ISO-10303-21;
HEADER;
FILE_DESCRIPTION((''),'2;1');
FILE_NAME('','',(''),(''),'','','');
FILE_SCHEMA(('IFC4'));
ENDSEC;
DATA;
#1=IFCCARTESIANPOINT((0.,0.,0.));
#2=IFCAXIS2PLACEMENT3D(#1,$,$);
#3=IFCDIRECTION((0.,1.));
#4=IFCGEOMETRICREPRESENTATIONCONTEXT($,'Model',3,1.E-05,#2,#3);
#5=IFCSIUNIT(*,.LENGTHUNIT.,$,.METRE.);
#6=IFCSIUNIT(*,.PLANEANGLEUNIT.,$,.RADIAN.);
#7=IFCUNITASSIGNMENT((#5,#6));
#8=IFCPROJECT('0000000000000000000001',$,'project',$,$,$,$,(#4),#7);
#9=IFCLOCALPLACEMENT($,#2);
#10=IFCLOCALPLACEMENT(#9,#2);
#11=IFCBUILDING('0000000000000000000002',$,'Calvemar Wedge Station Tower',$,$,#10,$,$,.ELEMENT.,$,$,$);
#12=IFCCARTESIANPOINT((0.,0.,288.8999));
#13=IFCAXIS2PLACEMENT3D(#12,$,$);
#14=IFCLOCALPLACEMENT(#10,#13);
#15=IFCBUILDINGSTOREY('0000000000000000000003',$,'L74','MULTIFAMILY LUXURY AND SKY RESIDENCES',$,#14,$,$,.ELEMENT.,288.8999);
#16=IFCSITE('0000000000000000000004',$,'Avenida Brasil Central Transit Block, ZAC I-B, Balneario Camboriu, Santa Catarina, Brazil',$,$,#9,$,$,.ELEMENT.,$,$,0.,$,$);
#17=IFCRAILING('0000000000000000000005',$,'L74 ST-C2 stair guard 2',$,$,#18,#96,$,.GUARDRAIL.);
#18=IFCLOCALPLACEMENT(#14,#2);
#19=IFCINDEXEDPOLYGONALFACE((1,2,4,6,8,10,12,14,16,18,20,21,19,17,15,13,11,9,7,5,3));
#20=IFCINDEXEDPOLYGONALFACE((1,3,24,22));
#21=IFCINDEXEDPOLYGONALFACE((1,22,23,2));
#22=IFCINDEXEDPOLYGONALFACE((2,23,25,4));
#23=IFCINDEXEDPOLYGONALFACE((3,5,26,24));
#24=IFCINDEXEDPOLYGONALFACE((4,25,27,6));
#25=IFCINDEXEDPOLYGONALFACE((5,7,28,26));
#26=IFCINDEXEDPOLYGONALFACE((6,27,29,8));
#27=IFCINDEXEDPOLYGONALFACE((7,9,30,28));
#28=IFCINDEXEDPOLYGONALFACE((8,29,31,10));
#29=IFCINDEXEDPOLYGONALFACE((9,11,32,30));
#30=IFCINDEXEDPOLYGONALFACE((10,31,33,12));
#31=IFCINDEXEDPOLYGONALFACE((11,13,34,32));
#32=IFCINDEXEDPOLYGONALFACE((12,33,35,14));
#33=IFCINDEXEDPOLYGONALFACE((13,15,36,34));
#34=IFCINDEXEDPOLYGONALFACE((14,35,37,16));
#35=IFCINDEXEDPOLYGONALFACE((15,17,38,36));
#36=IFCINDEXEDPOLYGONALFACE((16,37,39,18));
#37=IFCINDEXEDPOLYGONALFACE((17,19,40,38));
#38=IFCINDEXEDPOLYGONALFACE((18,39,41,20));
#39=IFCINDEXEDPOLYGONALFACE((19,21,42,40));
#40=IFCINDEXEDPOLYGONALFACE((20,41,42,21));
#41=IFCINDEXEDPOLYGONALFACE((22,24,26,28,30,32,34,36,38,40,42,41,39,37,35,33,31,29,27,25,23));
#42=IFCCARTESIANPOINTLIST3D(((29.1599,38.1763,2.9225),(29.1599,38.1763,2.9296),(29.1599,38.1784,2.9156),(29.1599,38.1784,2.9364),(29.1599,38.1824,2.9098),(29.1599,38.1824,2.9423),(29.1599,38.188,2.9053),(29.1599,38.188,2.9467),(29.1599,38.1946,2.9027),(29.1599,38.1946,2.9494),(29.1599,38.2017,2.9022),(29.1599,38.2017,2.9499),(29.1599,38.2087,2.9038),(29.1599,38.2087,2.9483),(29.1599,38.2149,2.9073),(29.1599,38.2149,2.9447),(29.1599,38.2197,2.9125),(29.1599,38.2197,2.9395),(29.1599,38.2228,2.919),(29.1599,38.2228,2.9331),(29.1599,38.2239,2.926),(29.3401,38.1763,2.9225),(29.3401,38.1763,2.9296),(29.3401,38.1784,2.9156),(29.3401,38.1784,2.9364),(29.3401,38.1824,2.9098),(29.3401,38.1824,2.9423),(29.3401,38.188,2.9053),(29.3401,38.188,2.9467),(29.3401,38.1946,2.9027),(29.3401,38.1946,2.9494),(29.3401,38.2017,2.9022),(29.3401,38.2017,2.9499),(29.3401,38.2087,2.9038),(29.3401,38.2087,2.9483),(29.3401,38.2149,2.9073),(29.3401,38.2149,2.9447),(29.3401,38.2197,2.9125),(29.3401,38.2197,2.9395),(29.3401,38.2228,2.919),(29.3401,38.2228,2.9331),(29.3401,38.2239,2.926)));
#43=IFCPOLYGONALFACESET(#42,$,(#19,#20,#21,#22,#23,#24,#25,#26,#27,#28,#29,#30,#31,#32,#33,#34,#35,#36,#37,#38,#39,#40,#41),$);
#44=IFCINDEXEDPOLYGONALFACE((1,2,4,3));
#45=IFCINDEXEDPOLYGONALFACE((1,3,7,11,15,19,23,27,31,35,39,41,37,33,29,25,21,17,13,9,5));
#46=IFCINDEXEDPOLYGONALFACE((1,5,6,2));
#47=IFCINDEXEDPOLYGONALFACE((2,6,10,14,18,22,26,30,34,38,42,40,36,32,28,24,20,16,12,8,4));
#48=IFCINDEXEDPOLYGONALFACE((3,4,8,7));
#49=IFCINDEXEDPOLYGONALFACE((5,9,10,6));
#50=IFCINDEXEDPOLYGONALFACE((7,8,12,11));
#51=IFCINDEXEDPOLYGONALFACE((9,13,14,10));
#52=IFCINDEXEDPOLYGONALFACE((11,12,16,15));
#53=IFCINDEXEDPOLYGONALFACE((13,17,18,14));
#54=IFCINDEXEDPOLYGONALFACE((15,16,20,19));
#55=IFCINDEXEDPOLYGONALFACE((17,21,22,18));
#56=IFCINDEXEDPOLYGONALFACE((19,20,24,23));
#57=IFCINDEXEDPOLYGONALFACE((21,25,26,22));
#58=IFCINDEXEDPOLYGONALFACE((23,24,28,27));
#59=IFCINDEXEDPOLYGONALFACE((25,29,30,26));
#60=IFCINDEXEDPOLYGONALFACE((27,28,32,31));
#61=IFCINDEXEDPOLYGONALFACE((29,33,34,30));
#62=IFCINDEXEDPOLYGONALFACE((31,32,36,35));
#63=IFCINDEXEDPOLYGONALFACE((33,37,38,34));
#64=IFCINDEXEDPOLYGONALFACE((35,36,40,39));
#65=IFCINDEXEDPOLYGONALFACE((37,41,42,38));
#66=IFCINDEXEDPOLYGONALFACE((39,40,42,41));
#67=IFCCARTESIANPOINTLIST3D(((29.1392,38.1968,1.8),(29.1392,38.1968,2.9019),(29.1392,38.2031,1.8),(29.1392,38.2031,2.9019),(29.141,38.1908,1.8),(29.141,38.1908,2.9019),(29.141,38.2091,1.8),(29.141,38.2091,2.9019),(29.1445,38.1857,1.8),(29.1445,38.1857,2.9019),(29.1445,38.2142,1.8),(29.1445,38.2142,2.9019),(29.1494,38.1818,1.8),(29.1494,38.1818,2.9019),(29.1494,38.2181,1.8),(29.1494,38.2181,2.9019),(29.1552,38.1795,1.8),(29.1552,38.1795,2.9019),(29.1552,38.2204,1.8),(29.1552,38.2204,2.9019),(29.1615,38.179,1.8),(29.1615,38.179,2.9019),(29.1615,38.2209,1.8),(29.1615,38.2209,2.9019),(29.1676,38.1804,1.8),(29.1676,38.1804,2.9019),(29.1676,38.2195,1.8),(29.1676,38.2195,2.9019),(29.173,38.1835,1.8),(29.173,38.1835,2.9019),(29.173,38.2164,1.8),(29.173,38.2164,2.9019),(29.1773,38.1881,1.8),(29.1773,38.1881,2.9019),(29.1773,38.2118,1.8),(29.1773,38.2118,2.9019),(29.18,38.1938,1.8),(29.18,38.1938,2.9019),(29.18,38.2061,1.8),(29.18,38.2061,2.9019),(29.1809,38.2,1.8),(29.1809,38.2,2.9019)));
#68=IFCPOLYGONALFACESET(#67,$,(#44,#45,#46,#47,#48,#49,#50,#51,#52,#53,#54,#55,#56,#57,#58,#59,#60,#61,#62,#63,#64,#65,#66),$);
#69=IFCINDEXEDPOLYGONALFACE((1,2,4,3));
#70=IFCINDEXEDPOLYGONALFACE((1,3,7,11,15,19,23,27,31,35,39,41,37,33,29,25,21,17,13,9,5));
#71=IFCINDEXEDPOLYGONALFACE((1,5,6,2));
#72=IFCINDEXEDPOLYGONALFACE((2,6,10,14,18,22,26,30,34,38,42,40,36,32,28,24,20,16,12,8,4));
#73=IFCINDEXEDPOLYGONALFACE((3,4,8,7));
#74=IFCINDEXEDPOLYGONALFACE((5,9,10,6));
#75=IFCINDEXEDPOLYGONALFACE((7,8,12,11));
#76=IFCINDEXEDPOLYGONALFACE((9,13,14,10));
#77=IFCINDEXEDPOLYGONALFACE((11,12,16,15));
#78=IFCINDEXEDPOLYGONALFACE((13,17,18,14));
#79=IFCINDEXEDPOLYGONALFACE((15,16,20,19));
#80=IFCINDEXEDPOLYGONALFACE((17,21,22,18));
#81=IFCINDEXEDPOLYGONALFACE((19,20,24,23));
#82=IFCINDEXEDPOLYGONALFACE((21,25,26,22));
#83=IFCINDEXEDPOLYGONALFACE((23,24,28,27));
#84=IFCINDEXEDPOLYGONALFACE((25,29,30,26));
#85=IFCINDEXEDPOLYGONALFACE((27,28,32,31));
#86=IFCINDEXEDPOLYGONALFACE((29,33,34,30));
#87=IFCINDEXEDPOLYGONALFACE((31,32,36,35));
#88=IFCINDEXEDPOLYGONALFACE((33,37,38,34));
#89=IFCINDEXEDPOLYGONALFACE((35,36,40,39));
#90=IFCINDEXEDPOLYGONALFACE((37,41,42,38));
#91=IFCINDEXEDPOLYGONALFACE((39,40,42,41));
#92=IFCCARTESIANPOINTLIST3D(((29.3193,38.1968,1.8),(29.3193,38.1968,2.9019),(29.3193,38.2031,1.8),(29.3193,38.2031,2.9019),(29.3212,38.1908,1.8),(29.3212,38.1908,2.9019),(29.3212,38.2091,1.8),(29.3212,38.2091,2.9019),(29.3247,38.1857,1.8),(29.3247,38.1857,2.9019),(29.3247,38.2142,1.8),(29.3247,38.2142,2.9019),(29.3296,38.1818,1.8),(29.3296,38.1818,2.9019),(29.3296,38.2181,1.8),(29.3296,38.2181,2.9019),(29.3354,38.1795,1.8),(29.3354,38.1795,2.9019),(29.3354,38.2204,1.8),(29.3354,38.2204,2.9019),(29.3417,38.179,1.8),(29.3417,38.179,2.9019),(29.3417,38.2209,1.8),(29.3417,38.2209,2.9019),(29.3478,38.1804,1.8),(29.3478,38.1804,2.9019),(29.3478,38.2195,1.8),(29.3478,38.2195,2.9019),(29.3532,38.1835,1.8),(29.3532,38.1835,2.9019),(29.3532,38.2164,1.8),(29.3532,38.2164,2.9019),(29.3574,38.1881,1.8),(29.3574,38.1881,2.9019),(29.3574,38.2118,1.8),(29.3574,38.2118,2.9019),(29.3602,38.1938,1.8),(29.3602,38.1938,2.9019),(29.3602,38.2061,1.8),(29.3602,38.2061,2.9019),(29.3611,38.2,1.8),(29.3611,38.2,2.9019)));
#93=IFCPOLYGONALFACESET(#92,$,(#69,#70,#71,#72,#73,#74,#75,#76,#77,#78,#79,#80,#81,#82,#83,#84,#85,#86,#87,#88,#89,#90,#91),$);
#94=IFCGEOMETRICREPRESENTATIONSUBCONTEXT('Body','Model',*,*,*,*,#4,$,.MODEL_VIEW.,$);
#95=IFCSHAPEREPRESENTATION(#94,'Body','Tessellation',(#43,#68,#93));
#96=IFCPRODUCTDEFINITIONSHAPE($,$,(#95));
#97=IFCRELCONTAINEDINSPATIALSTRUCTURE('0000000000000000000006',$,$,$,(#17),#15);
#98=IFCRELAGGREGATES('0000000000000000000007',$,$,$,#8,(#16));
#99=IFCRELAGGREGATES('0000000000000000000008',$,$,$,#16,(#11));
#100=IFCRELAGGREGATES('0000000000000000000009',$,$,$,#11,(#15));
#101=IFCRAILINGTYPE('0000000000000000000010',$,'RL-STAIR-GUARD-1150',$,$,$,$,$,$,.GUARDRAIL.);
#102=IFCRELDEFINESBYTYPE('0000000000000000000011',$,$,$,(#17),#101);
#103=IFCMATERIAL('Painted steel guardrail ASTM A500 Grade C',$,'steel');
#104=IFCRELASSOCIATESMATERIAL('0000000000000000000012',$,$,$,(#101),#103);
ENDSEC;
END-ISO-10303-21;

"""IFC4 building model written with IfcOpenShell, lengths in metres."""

from ifc_helpers import new_model, si_unit, direction, frame, origin, origin_2d, place, context, subcontext, project, spatial, circle, extrude, material, type_object, element, save


model = new_model("IFC4")

# Units and contexts
model_context = context("Model", 3, precision=1e-05, world=origin(), true_north=direction((0.0, 1.0)))
body_context = subcontext(model_context, "Body", "Model", "MODEL_VIEW")
ifc_project = project(units=[si_unit("LENGTHUNIT", "METRE"), si_unit("PLANEANGLEUNIT", "RADIAN")], contexts=[model_context])

# Site, building, storey
site_placement = place(None, origin())
site = spatial("IfcSite", under=ifc_project, at=site_placement, Name="Avenida Brasil Central Transit Block, ZAC I-B, Balneario Camboriu, Santa Catarina, Brazil", CompositionType="ELEMENT", RefElevation=0.0)
building_placement = place(site_placement, origin())
building = spatial("IfcBuilding", under=site, at=building_placement, Name="Calvemar Wedge Station Tower", CompositionType="ELEMENT")
storey_placement = place(building_placement, frame((0.0, 0.0, 288.8999)))
storey = spatial("IfcBuildingStorey", under=building, at=storey_placement, Name="L74", Description="MULTIFAMILY LUXURY AND SKY RESIDENCES", CompositionType="ELEMENT", Elevation=288.8999)

# Railing
ifc_material_1 = material(Name="Painted steel guardrail ASTM A500 Grade C", Category="steel")
railing_type_1 = type_object("IfcRailingType", Name="RL-STAIR-GUARD-1150", PredefinedType="GUARDRAIL", material=ifc_material_1)
railing_1_placement = place(storey_placement, frame((29.1599, 38.2, 1.8)))
element("IfcRailing", 1, at=railing_1_placement, inside=storey, type_object=railing_type_1, Name="L74 ST-C2 stair guard 2", PredefinedType="GUARDRAIL", context=body_context, shape_type="SweptSolid", body=[
    extrude(circle(Radius=0.0239, at=origin_2d()), frame((0.0, 0.0, 1.126), z_axis=(1.0, 0.0, 0.0), x_axis=(0.0, 1.0, 0.0)), (0.0, 0.0, 1.0), 0.1802),
    extrude(circle(Radius=0.021, at=origin_2d()), origin(), (0.0, 0.0, 1.0), 1.1018),
    extrude(circle(Radius=0.021, at=origin_2d()), frame((0.1802, 0.0, 0.0)), (0.0, 0.0, 1.0), 1.1018),
])

save(model, "model.ifc")
